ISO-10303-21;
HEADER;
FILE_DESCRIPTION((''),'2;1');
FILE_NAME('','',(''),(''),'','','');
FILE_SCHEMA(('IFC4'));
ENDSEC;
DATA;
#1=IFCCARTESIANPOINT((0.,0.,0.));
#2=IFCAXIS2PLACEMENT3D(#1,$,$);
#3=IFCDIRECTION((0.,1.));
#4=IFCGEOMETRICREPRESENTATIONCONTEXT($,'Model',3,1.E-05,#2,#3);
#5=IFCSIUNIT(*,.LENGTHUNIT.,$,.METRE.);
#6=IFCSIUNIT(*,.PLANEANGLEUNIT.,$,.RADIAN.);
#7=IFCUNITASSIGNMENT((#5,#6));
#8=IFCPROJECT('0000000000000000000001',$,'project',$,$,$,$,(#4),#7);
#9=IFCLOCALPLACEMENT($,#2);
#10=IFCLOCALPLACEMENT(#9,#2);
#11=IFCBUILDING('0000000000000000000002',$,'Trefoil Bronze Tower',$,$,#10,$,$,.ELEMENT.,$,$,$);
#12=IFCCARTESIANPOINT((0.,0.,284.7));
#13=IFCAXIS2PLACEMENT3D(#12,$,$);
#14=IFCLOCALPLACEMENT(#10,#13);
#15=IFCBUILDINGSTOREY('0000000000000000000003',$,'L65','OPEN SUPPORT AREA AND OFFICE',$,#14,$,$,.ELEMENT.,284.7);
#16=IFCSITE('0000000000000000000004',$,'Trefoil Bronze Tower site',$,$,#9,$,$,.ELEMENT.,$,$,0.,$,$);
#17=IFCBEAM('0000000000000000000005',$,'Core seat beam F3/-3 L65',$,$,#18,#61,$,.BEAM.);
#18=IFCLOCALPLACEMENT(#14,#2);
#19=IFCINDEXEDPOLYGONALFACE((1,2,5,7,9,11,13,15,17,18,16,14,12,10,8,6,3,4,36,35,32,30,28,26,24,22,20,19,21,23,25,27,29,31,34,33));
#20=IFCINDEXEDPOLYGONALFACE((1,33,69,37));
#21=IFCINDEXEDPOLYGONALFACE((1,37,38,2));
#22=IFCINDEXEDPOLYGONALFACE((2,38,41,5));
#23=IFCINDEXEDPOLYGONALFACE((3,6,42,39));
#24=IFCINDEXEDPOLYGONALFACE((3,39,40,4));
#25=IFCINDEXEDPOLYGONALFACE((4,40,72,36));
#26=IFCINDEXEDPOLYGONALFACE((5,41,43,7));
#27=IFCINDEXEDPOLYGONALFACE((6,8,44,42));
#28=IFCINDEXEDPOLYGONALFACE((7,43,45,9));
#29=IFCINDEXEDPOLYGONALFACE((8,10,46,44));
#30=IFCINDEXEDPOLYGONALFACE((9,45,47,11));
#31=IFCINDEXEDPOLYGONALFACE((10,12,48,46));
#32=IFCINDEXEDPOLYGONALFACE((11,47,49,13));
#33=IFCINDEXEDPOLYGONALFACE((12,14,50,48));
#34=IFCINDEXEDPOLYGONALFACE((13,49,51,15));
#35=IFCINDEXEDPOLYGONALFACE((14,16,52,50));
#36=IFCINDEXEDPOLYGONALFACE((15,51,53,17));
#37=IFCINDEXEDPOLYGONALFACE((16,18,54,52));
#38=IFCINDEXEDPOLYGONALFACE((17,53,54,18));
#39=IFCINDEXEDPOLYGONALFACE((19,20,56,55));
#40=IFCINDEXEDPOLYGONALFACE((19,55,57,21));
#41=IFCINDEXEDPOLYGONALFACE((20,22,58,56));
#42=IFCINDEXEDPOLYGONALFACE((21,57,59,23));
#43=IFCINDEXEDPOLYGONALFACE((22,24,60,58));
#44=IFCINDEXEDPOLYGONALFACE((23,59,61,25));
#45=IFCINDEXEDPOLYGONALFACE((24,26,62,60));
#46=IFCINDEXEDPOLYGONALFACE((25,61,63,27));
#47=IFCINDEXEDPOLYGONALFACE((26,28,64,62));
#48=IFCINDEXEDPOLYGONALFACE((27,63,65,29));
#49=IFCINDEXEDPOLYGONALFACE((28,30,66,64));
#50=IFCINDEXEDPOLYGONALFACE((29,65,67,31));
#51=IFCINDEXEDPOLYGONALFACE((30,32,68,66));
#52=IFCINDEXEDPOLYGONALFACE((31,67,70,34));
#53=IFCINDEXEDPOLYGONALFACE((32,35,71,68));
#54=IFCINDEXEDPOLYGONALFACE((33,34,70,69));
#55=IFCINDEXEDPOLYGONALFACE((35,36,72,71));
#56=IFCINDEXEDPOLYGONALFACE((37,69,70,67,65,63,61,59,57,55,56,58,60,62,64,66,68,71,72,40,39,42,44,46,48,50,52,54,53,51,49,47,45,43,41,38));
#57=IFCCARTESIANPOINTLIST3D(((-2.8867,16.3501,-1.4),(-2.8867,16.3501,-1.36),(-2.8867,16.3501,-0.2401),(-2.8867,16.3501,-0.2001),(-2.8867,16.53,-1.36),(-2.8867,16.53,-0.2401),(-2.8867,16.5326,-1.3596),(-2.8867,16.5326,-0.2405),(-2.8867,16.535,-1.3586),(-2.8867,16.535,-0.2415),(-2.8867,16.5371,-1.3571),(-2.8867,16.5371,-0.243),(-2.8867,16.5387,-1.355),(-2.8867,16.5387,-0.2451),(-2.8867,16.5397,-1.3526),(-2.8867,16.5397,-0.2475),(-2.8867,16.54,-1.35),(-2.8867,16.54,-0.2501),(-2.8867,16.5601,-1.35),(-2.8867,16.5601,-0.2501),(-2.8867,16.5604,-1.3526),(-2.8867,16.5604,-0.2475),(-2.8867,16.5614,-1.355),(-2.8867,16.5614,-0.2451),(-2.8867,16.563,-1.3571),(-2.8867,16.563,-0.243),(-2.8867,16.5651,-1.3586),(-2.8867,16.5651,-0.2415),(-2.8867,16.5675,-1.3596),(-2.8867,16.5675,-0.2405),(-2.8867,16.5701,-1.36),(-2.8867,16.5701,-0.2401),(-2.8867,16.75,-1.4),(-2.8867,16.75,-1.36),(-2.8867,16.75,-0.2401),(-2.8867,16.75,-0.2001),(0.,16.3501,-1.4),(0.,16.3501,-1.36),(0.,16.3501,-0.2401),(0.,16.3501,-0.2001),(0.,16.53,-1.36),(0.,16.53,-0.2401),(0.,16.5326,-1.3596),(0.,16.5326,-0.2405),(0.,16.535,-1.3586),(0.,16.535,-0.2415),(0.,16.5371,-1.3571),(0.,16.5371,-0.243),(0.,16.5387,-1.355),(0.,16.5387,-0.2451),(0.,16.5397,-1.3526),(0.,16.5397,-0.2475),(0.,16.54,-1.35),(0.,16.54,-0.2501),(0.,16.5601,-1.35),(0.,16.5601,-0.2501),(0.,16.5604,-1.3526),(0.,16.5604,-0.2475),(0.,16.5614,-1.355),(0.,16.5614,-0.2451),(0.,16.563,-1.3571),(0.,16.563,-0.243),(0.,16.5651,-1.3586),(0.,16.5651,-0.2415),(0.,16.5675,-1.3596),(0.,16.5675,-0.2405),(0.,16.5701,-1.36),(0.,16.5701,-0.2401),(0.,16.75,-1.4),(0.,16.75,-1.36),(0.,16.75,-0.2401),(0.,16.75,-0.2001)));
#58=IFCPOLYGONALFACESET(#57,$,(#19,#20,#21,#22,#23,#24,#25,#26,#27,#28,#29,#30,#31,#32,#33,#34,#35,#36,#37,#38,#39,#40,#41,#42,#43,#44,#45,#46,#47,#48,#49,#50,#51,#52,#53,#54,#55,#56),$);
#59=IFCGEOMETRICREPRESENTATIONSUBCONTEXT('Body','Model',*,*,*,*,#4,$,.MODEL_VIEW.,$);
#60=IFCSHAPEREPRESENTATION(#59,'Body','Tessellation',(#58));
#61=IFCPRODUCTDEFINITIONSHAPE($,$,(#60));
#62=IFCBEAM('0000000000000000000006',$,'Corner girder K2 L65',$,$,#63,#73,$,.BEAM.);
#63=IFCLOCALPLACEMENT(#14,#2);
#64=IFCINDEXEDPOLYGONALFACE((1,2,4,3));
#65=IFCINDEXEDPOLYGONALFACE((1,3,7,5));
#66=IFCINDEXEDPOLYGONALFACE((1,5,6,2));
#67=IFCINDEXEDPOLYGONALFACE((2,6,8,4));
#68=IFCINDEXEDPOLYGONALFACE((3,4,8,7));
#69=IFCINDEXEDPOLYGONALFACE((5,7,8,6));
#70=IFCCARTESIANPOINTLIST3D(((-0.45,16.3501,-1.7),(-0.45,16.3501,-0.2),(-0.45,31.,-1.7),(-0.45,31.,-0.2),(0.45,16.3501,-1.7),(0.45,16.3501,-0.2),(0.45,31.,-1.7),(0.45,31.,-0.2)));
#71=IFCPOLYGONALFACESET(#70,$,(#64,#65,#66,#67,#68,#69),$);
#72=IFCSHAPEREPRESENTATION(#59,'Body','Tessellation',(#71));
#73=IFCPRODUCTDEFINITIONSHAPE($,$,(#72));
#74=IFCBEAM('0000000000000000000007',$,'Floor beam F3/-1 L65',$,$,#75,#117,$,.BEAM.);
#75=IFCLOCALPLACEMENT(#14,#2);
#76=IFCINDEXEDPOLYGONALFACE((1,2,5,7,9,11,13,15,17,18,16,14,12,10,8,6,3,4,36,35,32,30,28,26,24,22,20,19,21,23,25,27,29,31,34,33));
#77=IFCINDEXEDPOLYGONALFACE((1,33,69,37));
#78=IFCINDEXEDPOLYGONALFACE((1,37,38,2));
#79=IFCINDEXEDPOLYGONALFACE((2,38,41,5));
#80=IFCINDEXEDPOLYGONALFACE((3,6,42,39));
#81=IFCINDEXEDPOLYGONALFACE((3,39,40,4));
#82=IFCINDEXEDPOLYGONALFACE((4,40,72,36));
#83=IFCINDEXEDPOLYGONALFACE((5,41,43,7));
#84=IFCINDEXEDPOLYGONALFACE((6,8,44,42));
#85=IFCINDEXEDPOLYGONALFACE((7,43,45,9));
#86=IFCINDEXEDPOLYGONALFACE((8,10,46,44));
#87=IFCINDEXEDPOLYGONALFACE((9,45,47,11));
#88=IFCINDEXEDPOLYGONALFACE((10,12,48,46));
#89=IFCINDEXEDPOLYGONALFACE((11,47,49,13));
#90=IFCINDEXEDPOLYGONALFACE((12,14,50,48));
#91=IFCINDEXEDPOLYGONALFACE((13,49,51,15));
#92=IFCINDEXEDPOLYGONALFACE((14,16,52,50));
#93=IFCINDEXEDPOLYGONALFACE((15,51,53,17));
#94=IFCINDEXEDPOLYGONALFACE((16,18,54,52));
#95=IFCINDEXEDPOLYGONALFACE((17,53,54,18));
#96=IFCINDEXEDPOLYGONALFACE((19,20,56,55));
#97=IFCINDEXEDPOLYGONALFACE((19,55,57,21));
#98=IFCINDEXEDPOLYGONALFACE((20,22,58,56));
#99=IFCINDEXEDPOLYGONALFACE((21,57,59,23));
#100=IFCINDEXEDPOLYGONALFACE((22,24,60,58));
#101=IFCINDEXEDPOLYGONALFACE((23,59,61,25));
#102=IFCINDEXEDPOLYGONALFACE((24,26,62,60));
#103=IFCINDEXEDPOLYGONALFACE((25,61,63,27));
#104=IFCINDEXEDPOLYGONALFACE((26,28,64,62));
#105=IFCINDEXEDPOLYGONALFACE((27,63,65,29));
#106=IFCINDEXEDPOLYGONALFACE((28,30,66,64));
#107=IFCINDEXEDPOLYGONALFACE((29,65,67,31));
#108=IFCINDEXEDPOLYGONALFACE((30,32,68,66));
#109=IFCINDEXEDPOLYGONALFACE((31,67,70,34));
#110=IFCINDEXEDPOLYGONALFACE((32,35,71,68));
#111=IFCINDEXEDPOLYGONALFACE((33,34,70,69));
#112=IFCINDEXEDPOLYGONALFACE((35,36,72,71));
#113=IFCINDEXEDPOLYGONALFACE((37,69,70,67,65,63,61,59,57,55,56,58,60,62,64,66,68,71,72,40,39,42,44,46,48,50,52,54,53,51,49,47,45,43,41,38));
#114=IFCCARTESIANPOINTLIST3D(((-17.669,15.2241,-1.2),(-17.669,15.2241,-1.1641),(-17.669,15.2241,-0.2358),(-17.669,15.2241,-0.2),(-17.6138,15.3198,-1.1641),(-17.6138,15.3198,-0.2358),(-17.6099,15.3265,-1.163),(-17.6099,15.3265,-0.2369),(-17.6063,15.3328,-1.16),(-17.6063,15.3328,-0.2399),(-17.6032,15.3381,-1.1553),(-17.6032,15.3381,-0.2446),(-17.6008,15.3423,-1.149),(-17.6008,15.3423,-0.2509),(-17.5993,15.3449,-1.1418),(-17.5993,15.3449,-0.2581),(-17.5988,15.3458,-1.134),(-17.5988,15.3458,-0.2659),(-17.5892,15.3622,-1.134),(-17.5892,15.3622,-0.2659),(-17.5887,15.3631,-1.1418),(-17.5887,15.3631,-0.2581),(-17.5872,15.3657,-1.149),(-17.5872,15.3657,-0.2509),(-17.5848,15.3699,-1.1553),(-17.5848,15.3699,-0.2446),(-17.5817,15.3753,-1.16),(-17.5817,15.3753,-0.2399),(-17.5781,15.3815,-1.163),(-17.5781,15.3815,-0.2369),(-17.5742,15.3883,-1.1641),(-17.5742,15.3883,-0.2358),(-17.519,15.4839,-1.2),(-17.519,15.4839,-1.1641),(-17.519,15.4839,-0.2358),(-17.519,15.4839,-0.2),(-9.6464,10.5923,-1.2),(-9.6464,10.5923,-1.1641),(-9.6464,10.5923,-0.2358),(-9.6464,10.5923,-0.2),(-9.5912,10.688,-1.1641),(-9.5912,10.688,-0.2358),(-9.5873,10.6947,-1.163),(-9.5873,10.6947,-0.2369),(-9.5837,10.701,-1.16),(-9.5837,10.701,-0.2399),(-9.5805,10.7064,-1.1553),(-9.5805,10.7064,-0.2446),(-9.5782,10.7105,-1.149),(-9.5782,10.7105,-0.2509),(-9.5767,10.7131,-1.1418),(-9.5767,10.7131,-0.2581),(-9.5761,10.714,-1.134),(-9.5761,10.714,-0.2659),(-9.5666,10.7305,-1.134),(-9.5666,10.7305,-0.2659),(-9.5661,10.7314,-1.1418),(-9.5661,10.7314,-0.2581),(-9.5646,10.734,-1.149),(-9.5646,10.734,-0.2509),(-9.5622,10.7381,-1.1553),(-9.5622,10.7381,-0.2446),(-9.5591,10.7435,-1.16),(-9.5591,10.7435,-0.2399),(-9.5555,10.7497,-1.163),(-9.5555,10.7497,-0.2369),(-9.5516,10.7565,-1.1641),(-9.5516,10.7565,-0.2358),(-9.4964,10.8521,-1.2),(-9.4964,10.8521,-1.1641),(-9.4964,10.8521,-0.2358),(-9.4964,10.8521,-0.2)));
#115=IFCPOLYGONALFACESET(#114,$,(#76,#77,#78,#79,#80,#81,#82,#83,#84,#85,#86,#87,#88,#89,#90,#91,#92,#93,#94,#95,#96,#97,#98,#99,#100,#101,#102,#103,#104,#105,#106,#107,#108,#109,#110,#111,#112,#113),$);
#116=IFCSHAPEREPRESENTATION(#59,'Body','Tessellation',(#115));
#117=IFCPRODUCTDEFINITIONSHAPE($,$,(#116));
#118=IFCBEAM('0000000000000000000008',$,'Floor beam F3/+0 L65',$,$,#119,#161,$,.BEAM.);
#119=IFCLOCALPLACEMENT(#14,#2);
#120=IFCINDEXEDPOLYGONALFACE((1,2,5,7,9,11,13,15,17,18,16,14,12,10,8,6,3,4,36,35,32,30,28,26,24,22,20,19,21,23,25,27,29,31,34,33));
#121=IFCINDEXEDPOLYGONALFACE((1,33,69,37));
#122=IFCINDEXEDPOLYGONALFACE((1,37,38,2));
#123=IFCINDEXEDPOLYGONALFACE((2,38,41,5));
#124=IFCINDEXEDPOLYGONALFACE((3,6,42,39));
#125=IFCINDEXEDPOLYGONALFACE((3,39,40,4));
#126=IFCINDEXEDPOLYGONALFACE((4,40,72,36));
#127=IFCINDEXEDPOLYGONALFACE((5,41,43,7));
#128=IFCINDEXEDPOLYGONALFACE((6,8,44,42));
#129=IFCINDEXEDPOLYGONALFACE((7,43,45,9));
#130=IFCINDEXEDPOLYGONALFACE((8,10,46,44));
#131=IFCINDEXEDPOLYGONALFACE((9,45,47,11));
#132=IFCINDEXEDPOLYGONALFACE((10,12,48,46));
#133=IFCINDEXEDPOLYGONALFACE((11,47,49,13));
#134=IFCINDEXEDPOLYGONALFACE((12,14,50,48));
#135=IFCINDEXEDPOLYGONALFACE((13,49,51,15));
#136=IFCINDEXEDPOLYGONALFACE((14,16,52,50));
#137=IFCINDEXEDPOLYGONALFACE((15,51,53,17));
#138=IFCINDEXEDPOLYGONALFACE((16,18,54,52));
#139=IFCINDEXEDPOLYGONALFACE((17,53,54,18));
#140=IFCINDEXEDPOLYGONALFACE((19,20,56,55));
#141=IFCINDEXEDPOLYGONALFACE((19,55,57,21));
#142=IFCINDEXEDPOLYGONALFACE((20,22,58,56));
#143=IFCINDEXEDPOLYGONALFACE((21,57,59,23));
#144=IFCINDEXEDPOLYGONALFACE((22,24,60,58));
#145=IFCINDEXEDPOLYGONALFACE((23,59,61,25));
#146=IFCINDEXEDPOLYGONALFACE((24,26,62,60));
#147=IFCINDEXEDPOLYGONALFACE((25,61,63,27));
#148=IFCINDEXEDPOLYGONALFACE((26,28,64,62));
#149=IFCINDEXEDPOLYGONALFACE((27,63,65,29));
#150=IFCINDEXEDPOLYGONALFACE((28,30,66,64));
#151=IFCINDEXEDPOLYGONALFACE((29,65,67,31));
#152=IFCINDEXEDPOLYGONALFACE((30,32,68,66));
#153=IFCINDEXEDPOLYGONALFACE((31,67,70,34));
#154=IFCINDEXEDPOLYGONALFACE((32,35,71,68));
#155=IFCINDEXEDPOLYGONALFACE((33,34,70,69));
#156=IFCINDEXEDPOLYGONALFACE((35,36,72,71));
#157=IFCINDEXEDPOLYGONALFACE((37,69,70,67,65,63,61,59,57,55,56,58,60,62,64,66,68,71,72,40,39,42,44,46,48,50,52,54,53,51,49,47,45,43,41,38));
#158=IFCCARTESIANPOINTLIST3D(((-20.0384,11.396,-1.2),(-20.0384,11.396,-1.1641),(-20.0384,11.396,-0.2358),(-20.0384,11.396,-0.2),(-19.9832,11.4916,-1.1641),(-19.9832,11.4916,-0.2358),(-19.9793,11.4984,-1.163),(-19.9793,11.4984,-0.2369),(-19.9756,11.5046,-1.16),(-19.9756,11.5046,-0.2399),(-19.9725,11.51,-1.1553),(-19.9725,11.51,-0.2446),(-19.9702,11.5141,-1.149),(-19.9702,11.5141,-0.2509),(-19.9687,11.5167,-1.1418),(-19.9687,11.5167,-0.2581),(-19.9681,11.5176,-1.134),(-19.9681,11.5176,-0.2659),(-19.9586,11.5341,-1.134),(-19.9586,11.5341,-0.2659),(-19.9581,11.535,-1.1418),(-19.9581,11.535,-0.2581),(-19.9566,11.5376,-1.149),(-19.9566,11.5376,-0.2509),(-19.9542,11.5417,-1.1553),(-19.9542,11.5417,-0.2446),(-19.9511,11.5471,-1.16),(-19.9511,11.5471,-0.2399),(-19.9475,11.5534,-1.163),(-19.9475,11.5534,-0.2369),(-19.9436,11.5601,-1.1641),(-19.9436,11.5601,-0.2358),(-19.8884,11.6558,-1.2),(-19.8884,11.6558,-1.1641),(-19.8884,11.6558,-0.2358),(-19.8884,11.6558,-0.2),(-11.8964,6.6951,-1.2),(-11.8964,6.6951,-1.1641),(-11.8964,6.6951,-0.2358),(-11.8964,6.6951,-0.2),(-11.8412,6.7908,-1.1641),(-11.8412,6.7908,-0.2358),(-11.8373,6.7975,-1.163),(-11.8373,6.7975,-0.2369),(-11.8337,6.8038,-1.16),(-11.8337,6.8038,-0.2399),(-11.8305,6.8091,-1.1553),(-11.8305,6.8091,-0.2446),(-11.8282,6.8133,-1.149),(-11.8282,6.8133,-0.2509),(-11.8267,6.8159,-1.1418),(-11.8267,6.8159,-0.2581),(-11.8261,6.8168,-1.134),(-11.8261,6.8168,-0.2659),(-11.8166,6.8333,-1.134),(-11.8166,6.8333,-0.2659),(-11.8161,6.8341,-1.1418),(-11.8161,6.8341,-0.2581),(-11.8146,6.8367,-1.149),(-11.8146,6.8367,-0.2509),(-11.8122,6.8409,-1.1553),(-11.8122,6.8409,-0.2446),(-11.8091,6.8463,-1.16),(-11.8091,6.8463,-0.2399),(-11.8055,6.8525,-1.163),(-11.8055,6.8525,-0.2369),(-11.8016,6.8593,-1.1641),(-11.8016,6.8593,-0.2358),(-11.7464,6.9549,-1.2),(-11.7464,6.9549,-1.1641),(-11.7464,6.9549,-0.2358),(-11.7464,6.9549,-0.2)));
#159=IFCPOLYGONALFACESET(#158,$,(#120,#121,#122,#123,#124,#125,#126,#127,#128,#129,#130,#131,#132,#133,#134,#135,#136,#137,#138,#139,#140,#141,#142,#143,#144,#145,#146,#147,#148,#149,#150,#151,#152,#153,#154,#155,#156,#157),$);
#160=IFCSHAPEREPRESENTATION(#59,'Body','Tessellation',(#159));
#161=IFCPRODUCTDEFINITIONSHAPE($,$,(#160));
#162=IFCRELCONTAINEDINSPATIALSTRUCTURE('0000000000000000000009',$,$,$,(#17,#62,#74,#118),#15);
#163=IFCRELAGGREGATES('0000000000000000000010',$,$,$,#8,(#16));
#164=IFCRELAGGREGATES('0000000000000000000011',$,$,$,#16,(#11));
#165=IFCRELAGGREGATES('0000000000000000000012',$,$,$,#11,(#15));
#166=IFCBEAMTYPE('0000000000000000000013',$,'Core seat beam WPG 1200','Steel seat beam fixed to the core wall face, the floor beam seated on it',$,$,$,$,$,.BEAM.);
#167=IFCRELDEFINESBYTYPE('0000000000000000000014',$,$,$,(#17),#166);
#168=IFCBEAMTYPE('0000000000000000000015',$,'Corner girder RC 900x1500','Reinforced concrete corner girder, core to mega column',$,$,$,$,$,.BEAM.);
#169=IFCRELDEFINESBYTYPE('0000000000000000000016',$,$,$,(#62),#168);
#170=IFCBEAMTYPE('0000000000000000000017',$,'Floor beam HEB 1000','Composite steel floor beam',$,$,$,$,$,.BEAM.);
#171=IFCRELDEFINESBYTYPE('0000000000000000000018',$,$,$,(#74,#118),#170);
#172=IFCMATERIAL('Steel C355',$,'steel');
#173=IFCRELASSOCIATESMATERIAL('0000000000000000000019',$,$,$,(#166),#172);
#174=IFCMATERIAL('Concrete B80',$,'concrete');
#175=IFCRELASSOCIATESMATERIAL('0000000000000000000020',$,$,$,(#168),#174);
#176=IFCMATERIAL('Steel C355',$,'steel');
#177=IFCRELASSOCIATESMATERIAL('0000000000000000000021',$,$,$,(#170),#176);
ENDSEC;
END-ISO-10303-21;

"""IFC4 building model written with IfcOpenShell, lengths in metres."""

from ifc_helpers import new_model, si_unit, direction, frame, origin, origin_2d, place, context, subcontext, project, spatial, rectangle, i_section, extrude, material, material_profile, profile_set, type_object, element, save


model = new_model("IFC4")

# Units and contexts
model_context = context("Model", 3, precision=1e-05, world=origin(), true_north=direction((0.0, 1.0)))
body_context = subcontext(model_context, "Body", "Model", "MODEL_VIEW")
ifc_project = project(units=[si_unit("LENGTHUNIT", "METRE"), si_unit("PLANEANGLEUNIT", "RADIAN")], contexts=[model_context])

# Site, building, storey
site_placement = place(None, origin())
site = spatial("IfcSite", under=ifc_project, at=site_placement, Name="Trefoil Bronze Tower site", CompositionType="ELEMENT", RefElevation=0.0)
building_placement = place(site_placement, origin())
building = spatial("IfcBuilding", under=site, at=building_placement, Name="Trefoil Bronze Tower", CompositionType="ELEMENT")
storey_placement = place(building_placement, frame((0.0, 0.0, 284.7)))
storey = spatial("IfcBuildingStorey", under=building, at=storey_placement, Name="L65", Description="OPEN SUPPORT AREA AND OFFICE", CompositionType="ELEMENT", Elevation=284.7)

# Beams
ifc_material_1 = material(Name="Steel C355", Category="steel")
ifc_material_profile_1 = material_profile(ifc_material_1, i_section(OverallWidth=0.3999, OverallDepth=1.2, WebThickness=0.02, FlangeThickness=0.04, FilletRadius=0.01, at=origin_2d()), Name="WPG 1200")
ifc_profile_set_1 = profile_set([ifc_material_profile_1], Name="Steel C355")
beam_type_1 = type_object("IfcBeamType", Name="Core seat beam WPG 1200", Description="Steel seat beam fixed to the core wall face, the floor beam seated on it", PredefinedType="BEAM", material=ifc_profile_set_1)
beam_1_placement = place(storey_placement, frame((0.0, 16.55, -0.8), z_axis=(-1.0, 0.0, 0.0), x_axis=(0.0, -1.0, 0.0)))
element("IfcBeam", 1, at=beam_1_placement, inside=storey, type_object=beam_type_1, Name="Core seat beam F3/-3 L65", PredefinedType="BEAM", context=body_context, shape_type="SweptSolid", body=[
    extrude(i_section(OverallWidth=0.3999, OverallDepth=1.2, WebThickness=0.02, FlangeThickness=0.04, FilletRadius=0.01, at=origin_2d()), origin(), (0.0, 0.0, 1.0), 2.8867),
])
ifc_material_2 = material(Name="Concrete B80", Category="concrete")
ifc_material_profile_2 = material_profile(ifc_material_2, rectangle(XDim=0.8999, YDim=1.5, at=origin_2d()), Name="RC 900x1500")
ifc_profile_set_2 = profile_set([ifc_material_profile_2], Name="Concrete B80")
beam_type_2 = type_object("IfcBeamType", Name="Corner girder RC 900x1500", Description="Reinforced concrete corner girder, core to mega column", PredefinedType="BEAM", material=ifc_profile_set_2)
beam_2_placement = place(storey_placement, frame((0.0, 16.3501, -0.95), z_axis=(0.0, 1.0, 0.0), x_axis=(-1.0, 0.0, 0.0)))
element("IfcBeam", 2, at=beam_2_placement, inside=storey, type_object=beam_type_2, Name="Corner girder K2 L65", PredefinedType="BEAM", context=body_context, shape_type="SweptSolid", body=[
    extrude(rectangle(XDim=0.8999, YDim=1.5, at=origin_2d()), origin(), (0.0, 0.0, 1.0), 14.6499),
])
ifc_material_3 = material(Name="Steel C355", Category="steel")
ifc_material_profile_3 = material_profile(ifc_material_3, i_section(OverallWidth=0.3, OverallDepth=1.0, WebThickness=0.019, FlangeThickness=0.0359, FilletRadius=0.03, at=origin_2d()), Name="HEB 1000")
ifc_profile_set_3 = profile_set([ifc_material_profile_3], Name="Steel C355")
beam_type_3 = type_object("IfcBeamType", Name="Floor beam HEB 1000", Description="Composite steel floor beam", PredefinedType="BEAM", material=ifc_profile_set_3)
beam_3_placement = place(storey_placement, frame((-17.594, 15.354, -0.7), z_axis=(0.866029, -0.499994, 0.0), x_axis=(0.499994, 0.866029, 0.0)))
element("IfcBeam", 3, at=beam_3_placement, inside=storey, type_object=beam_type_3, Name="Floor beam F3/-1 L65", PredefinedType="BEAM", context=body_context, shape_type="SweptSolid", body=[
    extrude(i_section(OverallWidth=0.3, OverallDepth=1.0, WebThickness=0.019, FlangeThickness=0.0359, FilletRadius=0.03, at=origin_2d()), origin(), (0.0, 0.0, 1.0), 9.2637),
])
beam_4_placement = place(storey_placement, frame((-19.9634, 11.5259, -0.7), z_axis=(0.866021, -0.500007, 0.0), x_axis=(0.500007, 0.866021, 0.0)))
element("IfcBeam", 4, at=beam_4_placement, inside=storey, type_object=beam_type_3, Name="Floor beam F3/+0 L65", PredefinedType="BEAM", context=body_context, shape_type="SweptSolid", body=[
    extrude(i_section(OverallWidth=0.3, OverallDepth=1.0, WebThickness=0.019, FlangeThickness=0.0359, FilletRadius=0.03, at=origin_2d()), origin(), (0.0, 0.0, 1.0), 9.4016),
])

save(model, "model.ifc")
